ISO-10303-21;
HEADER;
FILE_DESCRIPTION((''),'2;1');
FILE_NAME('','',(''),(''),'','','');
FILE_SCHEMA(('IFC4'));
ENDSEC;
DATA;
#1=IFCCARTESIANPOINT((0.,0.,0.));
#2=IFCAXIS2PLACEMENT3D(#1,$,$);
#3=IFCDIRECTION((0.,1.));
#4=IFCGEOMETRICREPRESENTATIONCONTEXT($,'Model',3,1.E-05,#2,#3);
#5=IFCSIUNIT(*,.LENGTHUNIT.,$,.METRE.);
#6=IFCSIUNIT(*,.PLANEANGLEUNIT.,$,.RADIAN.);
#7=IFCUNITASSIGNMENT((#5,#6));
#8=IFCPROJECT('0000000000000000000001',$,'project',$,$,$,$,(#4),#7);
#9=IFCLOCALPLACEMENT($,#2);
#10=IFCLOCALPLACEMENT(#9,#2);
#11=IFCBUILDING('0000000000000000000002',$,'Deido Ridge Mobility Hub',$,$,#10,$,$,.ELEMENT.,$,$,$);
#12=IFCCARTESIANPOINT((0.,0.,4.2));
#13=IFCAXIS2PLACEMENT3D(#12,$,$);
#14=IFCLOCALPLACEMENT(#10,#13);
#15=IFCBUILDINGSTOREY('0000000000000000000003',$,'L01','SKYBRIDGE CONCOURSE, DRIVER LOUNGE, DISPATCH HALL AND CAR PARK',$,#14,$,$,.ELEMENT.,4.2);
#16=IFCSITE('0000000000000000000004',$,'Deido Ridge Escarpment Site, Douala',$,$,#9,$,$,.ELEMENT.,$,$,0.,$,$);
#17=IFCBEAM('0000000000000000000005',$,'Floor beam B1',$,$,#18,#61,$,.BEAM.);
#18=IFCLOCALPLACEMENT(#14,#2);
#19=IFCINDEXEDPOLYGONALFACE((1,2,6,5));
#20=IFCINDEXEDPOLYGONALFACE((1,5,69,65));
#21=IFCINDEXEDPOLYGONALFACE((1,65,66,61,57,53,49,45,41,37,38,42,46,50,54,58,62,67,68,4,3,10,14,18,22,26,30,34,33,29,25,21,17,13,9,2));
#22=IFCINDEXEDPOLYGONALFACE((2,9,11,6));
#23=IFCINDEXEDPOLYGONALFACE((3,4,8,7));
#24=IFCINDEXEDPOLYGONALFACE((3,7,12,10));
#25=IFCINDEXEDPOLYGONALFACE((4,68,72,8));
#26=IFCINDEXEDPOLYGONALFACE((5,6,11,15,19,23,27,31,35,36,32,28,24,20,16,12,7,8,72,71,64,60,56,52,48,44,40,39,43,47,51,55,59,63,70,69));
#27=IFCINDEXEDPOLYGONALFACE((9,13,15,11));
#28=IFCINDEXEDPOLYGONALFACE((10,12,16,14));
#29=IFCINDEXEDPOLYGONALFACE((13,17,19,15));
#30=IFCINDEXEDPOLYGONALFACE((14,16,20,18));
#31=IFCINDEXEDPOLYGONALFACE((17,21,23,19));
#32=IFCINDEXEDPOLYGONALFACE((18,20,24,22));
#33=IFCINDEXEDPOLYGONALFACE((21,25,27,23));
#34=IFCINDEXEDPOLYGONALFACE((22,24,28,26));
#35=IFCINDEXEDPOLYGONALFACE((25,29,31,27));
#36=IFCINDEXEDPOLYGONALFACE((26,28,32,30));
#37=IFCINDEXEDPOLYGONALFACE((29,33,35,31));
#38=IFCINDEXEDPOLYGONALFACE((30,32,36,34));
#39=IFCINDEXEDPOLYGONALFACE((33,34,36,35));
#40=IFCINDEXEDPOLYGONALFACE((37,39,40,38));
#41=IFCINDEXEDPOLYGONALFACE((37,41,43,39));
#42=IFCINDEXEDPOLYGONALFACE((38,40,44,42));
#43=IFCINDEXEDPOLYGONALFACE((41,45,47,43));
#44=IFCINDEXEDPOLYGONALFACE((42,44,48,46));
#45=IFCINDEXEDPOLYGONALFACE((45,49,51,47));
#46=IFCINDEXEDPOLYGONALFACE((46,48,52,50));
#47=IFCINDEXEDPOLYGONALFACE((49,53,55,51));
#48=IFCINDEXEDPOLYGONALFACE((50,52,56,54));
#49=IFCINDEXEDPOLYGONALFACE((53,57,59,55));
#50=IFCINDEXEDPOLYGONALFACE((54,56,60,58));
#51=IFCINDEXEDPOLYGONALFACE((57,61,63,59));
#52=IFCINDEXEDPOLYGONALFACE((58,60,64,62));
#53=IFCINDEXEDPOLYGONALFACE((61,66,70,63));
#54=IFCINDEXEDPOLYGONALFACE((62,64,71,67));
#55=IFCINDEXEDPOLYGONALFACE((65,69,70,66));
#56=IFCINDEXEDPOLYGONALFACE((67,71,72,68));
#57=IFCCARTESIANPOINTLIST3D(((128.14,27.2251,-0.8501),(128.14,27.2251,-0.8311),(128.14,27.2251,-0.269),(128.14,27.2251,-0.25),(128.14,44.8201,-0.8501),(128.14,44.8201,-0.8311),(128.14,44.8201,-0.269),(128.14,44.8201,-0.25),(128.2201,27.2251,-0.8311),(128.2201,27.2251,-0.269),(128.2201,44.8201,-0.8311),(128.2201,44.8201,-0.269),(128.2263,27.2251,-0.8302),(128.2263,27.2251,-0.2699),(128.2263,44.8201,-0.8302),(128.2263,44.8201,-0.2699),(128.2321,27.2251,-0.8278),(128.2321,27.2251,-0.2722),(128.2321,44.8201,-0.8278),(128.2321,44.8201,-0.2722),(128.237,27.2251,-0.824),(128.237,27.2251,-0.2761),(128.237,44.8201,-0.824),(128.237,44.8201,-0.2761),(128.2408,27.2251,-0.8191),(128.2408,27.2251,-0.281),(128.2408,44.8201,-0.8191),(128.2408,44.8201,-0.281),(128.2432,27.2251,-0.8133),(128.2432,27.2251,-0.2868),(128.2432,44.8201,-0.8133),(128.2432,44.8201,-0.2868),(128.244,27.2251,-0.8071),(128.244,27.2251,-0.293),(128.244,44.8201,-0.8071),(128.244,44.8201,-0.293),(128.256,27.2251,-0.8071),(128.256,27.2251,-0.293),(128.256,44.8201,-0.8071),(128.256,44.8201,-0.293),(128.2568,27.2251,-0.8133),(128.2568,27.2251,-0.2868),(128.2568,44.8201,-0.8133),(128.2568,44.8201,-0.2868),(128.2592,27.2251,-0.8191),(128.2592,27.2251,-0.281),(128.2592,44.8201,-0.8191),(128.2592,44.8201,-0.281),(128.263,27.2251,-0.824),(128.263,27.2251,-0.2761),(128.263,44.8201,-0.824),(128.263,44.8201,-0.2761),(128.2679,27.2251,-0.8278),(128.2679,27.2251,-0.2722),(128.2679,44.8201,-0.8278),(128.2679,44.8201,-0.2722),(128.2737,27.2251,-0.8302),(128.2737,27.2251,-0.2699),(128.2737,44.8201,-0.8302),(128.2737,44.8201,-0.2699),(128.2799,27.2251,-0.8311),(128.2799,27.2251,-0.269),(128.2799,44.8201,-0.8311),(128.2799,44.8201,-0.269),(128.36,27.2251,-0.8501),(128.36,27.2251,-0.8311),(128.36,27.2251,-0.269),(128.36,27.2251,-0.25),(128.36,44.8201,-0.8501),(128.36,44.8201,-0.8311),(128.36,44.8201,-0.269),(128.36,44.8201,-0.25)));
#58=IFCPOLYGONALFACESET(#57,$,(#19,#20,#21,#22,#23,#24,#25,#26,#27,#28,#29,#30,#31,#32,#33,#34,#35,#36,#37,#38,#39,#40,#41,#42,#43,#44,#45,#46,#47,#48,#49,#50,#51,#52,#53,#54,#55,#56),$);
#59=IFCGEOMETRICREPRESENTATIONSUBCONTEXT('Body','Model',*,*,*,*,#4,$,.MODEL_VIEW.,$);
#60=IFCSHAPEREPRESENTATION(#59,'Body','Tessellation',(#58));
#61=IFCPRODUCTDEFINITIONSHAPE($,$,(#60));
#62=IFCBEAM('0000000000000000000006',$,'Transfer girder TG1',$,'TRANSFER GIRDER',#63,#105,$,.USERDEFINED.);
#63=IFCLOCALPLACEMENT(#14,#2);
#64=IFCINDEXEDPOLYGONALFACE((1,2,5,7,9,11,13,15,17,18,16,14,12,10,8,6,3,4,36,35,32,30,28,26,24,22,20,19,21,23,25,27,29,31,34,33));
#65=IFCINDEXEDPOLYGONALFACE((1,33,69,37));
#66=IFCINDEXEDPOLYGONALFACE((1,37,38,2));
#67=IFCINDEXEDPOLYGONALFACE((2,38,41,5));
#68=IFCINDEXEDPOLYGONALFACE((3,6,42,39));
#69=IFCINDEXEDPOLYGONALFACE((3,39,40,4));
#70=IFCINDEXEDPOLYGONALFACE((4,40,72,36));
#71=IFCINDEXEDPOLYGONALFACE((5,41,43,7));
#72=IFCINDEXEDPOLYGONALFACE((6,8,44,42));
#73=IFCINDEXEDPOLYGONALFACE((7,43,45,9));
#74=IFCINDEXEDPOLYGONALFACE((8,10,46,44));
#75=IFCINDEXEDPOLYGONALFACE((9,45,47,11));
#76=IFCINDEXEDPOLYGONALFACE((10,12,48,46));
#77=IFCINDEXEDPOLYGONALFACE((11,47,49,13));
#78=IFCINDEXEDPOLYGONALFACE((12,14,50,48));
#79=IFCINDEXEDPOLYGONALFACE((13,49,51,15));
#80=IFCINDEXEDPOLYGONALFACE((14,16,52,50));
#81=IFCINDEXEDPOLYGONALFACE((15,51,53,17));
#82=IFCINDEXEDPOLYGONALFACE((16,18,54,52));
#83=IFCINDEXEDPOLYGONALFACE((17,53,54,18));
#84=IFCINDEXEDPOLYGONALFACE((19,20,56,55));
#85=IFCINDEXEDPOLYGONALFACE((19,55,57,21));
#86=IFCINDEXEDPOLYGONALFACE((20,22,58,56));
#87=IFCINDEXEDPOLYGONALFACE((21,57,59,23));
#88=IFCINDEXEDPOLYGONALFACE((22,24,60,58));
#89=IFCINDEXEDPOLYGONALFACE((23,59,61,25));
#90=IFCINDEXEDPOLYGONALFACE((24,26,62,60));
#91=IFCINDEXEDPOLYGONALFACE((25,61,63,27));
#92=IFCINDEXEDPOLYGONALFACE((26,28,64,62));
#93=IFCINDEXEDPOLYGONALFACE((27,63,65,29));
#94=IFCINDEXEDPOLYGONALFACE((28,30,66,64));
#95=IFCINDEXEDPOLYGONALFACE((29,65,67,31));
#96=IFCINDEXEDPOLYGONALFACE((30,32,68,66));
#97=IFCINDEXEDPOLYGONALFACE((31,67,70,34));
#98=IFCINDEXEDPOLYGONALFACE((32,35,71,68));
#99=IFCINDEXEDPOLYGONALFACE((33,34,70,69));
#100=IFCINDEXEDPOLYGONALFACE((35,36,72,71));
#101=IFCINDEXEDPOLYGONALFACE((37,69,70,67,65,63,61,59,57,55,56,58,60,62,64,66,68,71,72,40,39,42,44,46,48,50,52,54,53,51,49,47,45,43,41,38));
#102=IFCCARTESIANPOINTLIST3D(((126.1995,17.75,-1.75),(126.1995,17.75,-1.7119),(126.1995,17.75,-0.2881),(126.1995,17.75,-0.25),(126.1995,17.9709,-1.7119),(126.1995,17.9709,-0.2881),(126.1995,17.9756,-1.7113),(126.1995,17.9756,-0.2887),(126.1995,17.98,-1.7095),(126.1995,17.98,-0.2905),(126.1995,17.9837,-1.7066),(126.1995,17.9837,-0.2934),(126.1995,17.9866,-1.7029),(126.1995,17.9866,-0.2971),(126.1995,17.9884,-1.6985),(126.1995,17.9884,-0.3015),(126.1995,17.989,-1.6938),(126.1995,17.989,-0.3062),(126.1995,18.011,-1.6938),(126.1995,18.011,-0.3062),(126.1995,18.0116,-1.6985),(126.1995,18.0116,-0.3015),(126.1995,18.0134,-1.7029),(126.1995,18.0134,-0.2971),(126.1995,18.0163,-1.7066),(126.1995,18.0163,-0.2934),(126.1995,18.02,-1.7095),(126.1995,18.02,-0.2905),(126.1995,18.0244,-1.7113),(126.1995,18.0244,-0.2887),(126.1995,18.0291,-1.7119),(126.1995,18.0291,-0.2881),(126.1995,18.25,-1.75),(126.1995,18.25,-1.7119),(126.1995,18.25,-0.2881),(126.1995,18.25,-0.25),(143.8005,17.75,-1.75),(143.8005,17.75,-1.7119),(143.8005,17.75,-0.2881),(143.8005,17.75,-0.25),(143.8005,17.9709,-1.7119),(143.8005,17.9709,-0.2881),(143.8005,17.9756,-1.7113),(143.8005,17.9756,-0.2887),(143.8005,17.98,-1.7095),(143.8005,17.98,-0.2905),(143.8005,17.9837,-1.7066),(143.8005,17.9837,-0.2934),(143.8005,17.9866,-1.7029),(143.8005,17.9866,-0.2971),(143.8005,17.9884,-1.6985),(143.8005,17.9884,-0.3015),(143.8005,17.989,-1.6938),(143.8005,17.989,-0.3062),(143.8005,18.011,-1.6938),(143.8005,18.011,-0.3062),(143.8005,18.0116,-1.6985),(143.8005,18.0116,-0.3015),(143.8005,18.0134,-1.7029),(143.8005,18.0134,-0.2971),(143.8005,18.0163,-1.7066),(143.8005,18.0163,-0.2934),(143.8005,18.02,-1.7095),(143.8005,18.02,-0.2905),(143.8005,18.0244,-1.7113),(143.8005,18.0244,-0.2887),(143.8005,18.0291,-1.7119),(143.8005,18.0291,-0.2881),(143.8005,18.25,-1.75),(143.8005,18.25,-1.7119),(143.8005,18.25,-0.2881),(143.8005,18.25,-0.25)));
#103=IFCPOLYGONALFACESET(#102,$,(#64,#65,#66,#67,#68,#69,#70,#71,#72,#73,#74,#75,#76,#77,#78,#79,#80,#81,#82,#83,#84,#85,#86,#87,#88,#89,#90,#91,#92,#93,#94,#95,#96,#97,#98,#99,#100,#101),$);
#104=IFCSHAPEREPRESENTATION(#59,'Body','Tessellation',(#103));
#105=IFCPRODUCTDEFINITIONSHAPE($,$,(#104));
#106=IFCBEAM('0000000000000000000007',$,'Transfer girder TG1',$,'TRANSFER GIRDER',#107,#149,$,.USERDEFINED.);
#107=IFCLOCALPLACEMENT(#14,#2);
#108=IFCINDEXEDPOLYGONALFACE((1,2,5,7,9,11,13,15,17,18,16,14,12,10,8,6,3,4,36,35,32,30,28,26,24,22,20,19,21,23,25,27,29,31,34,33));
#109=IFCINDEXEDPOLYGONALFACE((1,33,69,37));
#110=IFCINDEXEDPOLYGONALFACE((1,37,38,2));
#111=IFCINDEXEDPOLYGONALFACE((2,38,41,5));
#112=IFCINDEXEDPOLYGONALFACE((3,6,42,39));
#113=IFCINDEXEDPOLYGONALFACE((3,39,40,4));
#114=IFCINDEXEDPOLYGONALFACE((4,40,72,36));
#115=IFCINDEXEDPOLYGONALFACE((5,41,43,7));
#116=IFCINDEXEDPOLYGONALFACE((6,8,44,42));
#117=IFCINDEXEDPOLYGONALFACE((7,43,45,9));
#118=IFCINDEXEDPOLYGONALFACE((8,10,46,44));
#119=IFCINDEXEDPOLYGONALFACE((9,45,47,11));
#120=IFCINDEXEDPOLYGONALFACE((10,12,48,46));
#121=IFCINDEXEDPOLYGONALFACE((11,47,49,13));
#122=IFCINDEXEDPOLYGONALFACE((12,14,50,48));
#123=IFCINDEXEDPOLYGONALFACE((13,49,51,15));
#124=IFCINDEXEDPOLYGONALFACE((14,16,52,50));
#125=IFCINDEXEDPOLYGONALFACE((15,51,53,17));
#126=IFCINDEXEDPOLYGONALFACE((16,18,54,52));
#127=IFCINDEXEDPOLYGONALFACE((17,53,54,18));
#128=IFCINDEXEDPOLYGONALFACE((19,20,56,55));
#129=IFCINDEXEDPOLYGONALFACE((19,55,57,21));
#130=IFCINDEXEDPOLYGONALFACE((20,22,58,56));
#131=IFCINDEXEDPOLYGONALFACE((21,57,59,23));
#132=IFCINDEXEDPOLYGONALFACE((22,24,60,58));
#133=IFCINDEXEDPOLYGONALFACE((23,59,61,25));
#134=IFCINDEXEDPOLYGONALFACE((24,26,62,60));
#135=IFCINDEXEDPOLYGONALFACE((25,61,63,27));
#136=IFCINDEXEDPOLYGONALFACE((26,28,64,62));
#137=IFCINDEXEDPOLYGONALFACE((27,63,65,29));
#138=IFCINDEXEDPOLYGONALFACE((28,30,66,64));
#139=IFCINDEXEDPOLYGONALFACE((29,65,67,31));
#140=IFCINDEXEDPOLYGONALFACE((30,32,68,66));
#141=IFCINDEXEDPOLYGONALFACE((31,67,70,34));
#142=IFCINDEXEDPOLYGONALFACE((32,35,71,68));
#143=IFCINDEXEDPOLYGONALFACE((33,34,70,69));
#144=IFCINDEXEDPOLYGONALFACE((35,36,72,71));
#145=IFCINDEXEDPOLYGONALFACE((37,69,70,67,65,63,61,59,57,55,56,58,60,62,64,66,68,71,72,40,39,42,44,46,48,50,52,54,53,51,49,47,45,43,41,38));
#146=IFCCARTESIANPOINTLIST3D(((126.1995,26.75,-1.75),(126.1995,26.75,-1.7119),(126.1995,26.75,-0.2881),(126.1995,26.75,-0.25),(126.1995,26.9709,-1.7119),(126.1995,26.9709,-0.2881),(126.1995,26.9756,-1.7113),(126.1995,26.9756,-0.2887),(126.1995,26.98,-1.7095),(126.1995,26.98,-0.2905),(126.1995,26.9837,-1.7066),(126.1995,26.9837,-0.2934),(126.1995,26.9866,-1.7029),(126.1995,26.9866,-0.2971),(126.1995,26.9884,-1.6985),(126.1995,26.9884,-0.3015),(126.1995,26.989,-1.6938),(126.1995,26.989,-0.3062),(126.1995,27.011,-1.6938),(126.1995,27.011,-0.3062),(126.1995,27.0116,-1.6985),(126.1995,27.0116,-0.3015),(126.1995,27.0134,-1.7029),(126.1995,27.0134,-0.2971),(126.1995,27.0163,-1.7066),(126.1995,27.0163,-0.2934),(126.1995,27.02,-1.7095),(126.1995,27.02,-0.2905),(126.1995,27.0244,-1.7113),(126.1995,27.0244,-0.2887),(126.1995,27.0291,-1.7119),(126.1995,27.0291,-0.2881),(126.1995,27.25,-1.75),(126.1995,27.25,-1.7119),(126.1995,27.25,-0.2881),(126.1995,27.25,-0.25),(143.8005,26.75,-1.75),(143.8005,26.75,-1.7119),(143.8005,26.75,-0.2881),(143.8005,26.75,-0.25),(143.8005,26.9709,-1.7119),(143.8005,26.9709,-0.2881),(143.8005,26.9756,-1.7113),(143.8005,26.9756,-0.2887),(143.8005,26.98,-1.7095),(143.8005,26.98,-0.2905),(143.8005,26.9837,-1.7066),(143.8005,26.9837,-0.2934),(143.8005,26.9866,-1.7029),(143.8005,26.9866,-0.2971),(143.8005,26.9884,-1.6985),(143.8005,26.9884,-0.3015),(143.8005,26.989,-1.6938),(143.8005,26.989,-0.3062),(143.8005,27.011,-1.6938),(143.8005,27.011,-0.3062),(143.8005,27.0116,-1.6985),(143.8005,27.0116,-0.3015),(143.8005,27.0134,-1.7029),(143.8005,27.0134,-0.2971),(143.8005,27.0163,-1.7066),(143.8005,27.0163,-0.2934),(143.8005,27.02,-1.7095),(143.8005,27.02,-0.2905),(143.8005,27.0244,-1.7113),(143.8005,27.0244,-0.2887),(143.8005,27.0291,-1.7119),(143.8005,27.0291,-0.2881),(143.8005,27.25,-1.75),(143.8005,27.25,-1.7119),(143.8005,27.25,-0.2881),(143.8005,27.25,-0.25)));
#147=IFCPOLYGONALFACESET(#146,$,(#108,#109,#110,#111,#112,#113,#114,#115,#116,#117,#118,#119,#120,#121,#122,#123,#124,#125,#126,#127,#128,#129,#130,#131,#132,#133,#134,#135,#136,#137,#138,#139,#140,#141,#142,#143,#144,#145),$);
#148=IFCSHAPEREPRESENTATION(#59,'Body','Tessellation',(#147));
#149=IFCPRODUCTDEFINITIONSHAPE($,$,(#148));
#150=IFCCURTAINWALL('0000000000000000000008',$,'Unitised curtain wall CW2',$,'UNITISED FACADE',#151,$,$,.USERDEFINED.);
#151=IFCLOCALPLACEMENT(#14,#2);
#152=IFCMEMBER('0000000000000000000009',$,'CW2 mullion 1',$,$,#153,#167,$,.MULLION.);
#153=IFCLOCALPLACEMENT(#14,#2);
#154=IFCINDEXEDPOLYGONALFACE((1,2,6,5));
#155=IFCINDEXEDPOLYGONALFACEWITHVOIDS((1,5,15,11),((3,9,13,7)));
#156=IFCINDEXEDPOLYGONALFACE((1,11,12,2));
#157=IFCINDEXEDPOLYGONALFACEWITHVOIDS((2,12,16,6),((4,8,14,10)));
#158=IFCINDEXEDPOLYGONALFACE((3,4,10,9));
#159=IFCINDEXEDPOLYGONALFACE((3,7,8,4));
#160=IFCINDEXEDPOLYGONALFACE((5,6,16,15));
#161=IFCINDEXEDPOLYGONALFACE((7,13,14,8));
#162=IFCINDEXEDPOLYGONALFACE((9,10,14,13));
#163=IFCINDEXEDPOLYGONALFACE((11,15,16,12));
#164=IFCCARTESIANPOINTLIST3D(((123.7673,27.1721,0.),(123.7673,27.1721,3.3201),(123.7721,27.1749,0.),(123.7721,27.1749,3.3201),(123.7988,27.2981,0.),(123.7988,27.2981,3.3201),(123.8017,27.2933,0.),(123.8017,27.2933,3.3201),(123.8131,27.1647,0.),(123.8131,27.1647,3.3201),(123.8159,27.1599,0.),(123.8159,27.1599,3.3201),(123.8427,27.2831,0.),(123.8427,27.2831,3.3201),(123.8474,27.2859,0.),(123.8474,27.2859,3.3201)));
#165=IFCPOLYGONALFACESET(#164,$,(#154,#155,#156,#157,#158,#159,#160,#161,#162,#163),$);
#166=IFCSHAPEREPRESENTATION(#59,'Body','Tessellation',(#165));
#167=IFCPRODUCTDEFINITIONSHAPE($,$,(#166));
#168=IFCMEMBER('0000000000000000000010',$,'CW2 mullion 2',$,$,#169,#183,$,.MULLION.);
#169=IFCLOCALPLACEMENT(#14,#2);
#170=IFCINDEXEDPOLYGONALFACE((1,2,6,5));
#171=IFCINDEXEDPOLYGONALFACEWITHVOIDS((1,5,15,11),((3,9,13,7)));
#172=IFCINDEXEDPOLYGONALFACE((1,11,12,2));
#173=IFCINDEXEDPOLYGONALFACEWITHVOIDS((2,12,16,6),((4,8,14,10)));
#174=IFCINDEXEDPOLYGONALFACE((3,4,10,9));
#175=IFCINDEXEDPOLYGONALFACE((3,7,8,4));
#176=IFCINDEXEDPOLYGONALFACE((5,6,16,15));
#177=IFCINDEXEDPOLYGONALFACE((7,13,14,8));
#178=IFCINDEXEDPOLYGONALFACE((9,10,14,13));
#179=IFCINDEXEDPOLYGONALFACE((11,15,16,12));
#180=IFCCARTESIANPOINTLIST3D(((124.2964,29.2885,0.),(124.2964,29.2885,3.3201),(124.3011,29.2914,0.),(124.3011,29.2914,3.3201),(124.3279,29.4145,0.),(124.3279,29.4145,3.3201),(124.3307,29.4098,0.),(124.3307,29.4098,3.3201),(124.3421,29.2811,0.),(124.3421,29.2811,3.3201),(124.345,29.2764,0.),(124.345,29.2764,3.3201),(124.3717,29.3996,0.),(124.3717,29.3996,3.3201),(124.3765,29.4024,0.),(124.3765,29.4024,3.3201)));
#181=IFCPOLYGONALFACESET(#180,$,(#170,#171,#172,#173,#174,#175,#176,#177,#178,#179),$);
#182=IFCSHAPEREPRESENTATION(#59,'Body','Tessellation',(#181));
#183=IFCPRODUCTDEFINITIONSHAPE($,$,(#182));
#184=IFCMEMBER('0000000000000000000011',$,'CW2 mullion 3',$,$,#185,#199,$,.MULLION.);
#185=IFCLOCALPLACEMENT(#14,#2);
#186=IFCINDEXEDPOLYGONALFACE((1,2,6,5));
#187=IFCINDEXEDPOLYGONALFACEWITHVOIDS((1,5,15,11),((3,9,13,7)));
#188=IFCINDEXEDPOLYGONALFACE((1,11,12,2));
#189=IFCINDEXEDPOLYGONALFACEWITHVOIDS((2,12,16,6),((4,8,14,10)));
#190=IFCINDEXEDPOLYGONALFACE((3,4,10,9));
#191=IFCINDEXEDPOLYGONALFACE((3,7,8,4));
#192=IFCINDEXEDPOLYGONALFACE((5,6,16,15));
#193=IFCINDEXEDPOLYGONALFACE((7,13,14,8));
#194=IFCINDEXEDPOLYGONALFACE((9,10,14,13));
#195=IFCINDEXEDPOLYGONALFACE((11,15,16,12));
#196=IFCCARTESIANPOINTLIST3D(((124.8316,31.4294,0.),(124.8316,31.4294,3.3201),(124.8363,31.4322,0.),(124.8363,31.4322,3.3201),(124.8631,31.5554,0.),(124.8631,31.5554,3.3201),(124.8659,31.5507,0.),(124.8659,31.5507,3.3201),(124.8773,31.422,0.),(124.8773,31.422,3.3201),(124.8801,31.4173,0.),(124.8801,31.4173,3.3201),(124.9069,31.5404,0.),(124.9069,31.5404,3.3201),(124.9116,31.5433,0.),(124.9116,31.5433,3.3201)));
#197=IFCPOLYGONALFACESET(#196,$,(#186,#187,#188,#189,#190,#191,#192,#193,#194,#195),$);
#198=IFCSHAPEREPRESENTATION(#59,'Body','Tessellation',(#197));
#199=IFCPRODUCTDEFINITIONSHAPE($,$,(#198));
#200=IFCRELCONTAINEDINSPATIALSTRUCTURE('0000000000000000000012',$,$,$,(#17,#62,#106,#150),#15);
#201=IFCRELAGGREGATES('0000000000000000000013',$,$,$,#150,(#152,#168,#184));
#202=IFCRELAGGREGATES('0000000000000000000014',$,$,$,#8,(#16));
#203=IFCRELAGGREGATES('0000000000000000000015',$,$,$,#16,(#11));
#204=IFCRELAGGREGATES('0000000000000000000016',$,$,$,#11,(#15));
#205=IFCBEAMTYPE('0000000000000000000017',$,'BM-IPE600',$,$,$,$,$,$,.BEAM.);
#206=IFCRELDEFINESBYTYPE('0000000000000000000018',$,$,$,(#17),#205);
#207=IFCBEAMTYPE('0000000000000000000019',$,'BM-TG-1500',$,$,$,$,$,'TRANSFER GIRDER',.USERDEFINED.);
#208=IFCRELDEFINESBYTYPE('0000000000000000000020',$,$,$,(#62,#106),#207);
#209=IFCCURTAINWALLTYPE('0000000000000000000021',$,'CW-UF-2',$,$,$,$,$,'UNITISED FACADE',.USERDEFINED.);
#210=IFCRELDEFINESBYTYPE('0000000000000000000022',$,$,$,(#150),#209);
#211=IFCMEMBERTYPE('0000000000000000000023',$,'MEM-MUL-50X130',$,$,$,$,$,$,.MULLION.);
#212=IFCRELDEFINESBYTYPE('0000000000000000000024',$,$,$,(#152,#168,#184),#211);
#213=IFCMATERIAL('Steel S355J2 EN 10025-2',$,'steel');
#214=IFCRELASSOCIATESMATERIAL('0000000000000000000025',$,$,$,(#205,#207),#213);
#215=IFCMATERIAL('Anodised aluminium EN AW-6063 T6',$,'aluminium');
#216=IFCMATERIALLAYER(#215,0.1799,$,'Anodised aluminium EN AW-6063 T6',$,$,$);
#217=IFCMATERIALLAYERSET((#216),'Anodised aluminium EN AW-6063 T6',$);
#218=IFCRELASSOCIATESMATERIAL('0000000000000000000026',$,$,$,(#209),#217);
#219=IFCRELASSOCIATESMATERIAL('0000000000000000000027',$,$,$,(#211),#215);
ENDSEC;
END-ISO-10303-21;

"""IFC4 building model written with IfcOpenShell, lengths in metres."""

from ifc_helpers import new_model, si_unit, direction, frame, origin, origin_2d, place, context, subcontext, project, spatial, hollow_rectangle, i_section, extrude, material, layer, layer_set, material_profile, profile_set, type_object, element, aggregate, save


model = new_model("IFC4")

# Units and contexts
model_context = context("Model", 3, precision=1e-05, world=origin(), true_north=direction((0.0, 1.0)))
body_context = subcontext(model_context, "Body", "Model", "MODEL_VIEW")
ifc_project = project(units=[si_unit("LENGTHUNIT", "METRE"), si_unit("PLANEANGLEUNIT", "RADIAN")], contexts=[model_context])

# Site, building, storey
site_placement = place(None, origin())
site = spatial("IfcSite", under=ifc_project, at=site_placement, Name="Deido Ridge Escarpment Site, Douala", CompositionType="ELEMENT", RefElevation=0.0)
building_placement = place(site_placement, origin())
building = spatial("IfcBuilding", under=site, at=building_placement, Name="Deido Ridge Mobility Hub", CompositionType="ELEMENT")
storey_placement = place(building_placement, frame((0.0, 0.0, 4.2)))
storey = spatial("IfcBuildingStorey", under=building, at=storey_placement, Name="L01", Description="SKYBRIDGE CONCOURSE, DRIVER LOUNGE, DISPATCH HALL AND CAR PARK", CompositionType="ELEMENT", Elevation=4.2)

# Shared definitions
ifc_material_1 = material(Name="Steel S355J2 EN 10025-2", Category="steel")

# Beams
ifc_material_profile_1 = material_profile(ifc_material_1, i_section(OverallWidth=0.22, OverallDepth=0.6001, WebThickness=0.012, FlangeThickness=0.019, FilletRadius=0.0239, at=origin_2d()), Name="IPE 600")
ifc_profile_set_1 = profile_set([ifc_material_profile_1], Name="Steel S355J2 EN 10025-2")
beam_type_1 = type_object("IfcBeamType", Name="BM-IPE600", PredefinedType="BEAM", material=ifc_profile_set_1)
beam_1_placement = place(storey_placement, frame((128.25, 27.2251, -0.55), z_axis=(0.0, 1.0, 0.0), x_axis=(-1.0, 0.0, 0.0)))
element("IfcBeam", 1, at=beam_1_placement, inside=storey, type_object=beam_type_1, Name="Floor beam B1", PredefinedType="BEAM", context=body_context, shape_type="SweptSolid", body=[
    extrude(i_section(OverallWidth=0.22, OverallDepth=0.6001, WebThickness=0.012, FlangeThickness=0.019, FilletRadius=0.0239, at=origin_2d()), origin(), (0.0, 0.0, 1.0), 17.595),
])
ifc_material_profile_2 = material_profile(ifc_material_1, i_section(OverallWidth=0.5, OverallDepth=1.5, WebThickness=0.022, FlangeThickness=0.0381, FilletRadius=0.0181, at=origin_2d()), Name="WTG 1500x500")
ifc_profile_set_2 = profile_set([ifc_material_profile_2], Name="Steel S355J2 EN 10025-2")
beam_type_2 = type_object("IfcBeamType", Name="BM-TG-1500", ElementType="TRANSFER GIRDER", PredefinedType="USERDEFINED", material=ifc_profile_set_2)
for number, where, z_axis, x_axis, name in (
    (2, (126.1995, 18.0, -1.0), (1.0, 0.0, 0.0), (0.0, 1.0, 0.0), "Transfer girder TG1"),
    (3, (126.1995, 27.0, -1.0), (1.0, 0.0, 0.0), (0.0, 1.0, 0.0), "Transfer girder TG1"),
):
    element("IfcBeam", number, at=place(storey_placement, frame(where, z_axis=z_axis, x_axis=x_axis)), inside=storey, type_object=beam_type_2, Name=name, ObjectType="TRANSFER GIRDER", PredefinedType="USERDEFINED", context=body_context, shape_type="SweptSolid", body=[
        extrude(i_section(OverallWidth=0.5, OverallDepth=1.5, WebThickness=0.022, FlangeThickness=0.0381, FilletRadius=0.0181, at=origin_2d()), origin(), (0.0, 0.0, 1.0), 17.6011),
    ])

# Curtain wall, members
ifc_material_2 = material(Name="Anodised aluminium EN AW-6063 T6", Category="aluminium")
ifc_layer_1 = layer(ifc_material_2, 0.1799, Name="Anodised aluminium EN AW-6063 T6")
ifc_layer_set_1 = layer_set([ifc_layer_1], Name="Anodised aluminium EN AW-6063 T6")
curtain_wall_type = type_object("IfcCurtainWallType", Name="CW-UF-2", ElementType="UNITISED FACADE", PredefinedType="USERDEFINED", material=ifc_layer_set_1)
curtain_wall_placement = place(storey_placement, origin())
curtain_wall = element("IfcCurtainWall", 4, at=curtain_wall_placement, inside=storey, type_object=curtain_wall_type, Name="Unitised curtain wall CW2", ObjectType="UNITISED FACADE", PredefinedType="USERDEFINED")
ifc_material_profile_3 = material_profile(ifc_material_2, hollow_rectangle(XDim=0.05, YDim=0.1299, WallThickness=0.0039, at=origin_2d()), Name="RHS 50x130x4")
ifc_profile_set_3 = profile_set([ifc_material_profile_3], Name="Anodised aluminium EN AW-6063 T6")
member_type_1 = type_object("IfcMemberType", Name="MEM-MUL-50X130", PredefinedType="MULLION", material=ifc_profile_set_3)
member_1_placement = place(storey_placement, frame((123.8074, 27.229, 0.0), z_axis=(0.0, 0.0, 1.0), x_axis=(-0.970144, 0.24253, 0.0)))
member_1 = element("IfcMember", 5, at=member_1_placement, type_object=member_type_1, Name="CW2 mullion 1", PredefinedType="MULLION", context=body_context, shape_type="SweptSolid", body=[
    extrude(hollow_rectangle(XDim=0.05, YDim=0.1299, WallThickness=0.0039, at=origin_2d()), origin(), (0.0, 0.0, 1.0), 3.3201),
])
member_2_placement = place(storey_placement, frame((124.3364, 29.3455, 0.0), z_axis=(0.0, 0.0, 1.0), x_axis=(-0.970144, 0.24253, 0.0)))
member_2 = element("IfcMember", 6, at=member_2_placement, type_object=member_type_1, Name="CW2 mullion 2", PredefinedType="MULLION", context=body_context, shape_type="SweptSolid", body=[
    extrude(hollow_rectangle(XDim=0.05, YDim=0.1299, WallThickness=0.0039, at=origin_2d()), origin(), (0.0, 0.0, 1.0), 3.3201),
])
member_3_placement = place(storey_placement, frame((124.8716, 31.4863, 0.0), z_axis=(0.0, 0.0, 1.0), x_axis=(-0.970144, 0.24253, 0.0)))
member_3 = element("IfcMember", 7, at=member_3_placement, type_object=member_type_1, Name="CW2 mullion 3", PredefinedType="MULLION", context=body_context, shape_type="SweptSolid", body=[
    extrude(hollow_rectangle(XDim=0.05, YDim=0.1299, WallThickness=0.0039, at=origin_2d()), origin(), (0.0, 0.0, 1.0), 3.3201),
])
aggregate(curtain_wall, [member_1, member_2, member_3])

save(model, "model.ifc")
